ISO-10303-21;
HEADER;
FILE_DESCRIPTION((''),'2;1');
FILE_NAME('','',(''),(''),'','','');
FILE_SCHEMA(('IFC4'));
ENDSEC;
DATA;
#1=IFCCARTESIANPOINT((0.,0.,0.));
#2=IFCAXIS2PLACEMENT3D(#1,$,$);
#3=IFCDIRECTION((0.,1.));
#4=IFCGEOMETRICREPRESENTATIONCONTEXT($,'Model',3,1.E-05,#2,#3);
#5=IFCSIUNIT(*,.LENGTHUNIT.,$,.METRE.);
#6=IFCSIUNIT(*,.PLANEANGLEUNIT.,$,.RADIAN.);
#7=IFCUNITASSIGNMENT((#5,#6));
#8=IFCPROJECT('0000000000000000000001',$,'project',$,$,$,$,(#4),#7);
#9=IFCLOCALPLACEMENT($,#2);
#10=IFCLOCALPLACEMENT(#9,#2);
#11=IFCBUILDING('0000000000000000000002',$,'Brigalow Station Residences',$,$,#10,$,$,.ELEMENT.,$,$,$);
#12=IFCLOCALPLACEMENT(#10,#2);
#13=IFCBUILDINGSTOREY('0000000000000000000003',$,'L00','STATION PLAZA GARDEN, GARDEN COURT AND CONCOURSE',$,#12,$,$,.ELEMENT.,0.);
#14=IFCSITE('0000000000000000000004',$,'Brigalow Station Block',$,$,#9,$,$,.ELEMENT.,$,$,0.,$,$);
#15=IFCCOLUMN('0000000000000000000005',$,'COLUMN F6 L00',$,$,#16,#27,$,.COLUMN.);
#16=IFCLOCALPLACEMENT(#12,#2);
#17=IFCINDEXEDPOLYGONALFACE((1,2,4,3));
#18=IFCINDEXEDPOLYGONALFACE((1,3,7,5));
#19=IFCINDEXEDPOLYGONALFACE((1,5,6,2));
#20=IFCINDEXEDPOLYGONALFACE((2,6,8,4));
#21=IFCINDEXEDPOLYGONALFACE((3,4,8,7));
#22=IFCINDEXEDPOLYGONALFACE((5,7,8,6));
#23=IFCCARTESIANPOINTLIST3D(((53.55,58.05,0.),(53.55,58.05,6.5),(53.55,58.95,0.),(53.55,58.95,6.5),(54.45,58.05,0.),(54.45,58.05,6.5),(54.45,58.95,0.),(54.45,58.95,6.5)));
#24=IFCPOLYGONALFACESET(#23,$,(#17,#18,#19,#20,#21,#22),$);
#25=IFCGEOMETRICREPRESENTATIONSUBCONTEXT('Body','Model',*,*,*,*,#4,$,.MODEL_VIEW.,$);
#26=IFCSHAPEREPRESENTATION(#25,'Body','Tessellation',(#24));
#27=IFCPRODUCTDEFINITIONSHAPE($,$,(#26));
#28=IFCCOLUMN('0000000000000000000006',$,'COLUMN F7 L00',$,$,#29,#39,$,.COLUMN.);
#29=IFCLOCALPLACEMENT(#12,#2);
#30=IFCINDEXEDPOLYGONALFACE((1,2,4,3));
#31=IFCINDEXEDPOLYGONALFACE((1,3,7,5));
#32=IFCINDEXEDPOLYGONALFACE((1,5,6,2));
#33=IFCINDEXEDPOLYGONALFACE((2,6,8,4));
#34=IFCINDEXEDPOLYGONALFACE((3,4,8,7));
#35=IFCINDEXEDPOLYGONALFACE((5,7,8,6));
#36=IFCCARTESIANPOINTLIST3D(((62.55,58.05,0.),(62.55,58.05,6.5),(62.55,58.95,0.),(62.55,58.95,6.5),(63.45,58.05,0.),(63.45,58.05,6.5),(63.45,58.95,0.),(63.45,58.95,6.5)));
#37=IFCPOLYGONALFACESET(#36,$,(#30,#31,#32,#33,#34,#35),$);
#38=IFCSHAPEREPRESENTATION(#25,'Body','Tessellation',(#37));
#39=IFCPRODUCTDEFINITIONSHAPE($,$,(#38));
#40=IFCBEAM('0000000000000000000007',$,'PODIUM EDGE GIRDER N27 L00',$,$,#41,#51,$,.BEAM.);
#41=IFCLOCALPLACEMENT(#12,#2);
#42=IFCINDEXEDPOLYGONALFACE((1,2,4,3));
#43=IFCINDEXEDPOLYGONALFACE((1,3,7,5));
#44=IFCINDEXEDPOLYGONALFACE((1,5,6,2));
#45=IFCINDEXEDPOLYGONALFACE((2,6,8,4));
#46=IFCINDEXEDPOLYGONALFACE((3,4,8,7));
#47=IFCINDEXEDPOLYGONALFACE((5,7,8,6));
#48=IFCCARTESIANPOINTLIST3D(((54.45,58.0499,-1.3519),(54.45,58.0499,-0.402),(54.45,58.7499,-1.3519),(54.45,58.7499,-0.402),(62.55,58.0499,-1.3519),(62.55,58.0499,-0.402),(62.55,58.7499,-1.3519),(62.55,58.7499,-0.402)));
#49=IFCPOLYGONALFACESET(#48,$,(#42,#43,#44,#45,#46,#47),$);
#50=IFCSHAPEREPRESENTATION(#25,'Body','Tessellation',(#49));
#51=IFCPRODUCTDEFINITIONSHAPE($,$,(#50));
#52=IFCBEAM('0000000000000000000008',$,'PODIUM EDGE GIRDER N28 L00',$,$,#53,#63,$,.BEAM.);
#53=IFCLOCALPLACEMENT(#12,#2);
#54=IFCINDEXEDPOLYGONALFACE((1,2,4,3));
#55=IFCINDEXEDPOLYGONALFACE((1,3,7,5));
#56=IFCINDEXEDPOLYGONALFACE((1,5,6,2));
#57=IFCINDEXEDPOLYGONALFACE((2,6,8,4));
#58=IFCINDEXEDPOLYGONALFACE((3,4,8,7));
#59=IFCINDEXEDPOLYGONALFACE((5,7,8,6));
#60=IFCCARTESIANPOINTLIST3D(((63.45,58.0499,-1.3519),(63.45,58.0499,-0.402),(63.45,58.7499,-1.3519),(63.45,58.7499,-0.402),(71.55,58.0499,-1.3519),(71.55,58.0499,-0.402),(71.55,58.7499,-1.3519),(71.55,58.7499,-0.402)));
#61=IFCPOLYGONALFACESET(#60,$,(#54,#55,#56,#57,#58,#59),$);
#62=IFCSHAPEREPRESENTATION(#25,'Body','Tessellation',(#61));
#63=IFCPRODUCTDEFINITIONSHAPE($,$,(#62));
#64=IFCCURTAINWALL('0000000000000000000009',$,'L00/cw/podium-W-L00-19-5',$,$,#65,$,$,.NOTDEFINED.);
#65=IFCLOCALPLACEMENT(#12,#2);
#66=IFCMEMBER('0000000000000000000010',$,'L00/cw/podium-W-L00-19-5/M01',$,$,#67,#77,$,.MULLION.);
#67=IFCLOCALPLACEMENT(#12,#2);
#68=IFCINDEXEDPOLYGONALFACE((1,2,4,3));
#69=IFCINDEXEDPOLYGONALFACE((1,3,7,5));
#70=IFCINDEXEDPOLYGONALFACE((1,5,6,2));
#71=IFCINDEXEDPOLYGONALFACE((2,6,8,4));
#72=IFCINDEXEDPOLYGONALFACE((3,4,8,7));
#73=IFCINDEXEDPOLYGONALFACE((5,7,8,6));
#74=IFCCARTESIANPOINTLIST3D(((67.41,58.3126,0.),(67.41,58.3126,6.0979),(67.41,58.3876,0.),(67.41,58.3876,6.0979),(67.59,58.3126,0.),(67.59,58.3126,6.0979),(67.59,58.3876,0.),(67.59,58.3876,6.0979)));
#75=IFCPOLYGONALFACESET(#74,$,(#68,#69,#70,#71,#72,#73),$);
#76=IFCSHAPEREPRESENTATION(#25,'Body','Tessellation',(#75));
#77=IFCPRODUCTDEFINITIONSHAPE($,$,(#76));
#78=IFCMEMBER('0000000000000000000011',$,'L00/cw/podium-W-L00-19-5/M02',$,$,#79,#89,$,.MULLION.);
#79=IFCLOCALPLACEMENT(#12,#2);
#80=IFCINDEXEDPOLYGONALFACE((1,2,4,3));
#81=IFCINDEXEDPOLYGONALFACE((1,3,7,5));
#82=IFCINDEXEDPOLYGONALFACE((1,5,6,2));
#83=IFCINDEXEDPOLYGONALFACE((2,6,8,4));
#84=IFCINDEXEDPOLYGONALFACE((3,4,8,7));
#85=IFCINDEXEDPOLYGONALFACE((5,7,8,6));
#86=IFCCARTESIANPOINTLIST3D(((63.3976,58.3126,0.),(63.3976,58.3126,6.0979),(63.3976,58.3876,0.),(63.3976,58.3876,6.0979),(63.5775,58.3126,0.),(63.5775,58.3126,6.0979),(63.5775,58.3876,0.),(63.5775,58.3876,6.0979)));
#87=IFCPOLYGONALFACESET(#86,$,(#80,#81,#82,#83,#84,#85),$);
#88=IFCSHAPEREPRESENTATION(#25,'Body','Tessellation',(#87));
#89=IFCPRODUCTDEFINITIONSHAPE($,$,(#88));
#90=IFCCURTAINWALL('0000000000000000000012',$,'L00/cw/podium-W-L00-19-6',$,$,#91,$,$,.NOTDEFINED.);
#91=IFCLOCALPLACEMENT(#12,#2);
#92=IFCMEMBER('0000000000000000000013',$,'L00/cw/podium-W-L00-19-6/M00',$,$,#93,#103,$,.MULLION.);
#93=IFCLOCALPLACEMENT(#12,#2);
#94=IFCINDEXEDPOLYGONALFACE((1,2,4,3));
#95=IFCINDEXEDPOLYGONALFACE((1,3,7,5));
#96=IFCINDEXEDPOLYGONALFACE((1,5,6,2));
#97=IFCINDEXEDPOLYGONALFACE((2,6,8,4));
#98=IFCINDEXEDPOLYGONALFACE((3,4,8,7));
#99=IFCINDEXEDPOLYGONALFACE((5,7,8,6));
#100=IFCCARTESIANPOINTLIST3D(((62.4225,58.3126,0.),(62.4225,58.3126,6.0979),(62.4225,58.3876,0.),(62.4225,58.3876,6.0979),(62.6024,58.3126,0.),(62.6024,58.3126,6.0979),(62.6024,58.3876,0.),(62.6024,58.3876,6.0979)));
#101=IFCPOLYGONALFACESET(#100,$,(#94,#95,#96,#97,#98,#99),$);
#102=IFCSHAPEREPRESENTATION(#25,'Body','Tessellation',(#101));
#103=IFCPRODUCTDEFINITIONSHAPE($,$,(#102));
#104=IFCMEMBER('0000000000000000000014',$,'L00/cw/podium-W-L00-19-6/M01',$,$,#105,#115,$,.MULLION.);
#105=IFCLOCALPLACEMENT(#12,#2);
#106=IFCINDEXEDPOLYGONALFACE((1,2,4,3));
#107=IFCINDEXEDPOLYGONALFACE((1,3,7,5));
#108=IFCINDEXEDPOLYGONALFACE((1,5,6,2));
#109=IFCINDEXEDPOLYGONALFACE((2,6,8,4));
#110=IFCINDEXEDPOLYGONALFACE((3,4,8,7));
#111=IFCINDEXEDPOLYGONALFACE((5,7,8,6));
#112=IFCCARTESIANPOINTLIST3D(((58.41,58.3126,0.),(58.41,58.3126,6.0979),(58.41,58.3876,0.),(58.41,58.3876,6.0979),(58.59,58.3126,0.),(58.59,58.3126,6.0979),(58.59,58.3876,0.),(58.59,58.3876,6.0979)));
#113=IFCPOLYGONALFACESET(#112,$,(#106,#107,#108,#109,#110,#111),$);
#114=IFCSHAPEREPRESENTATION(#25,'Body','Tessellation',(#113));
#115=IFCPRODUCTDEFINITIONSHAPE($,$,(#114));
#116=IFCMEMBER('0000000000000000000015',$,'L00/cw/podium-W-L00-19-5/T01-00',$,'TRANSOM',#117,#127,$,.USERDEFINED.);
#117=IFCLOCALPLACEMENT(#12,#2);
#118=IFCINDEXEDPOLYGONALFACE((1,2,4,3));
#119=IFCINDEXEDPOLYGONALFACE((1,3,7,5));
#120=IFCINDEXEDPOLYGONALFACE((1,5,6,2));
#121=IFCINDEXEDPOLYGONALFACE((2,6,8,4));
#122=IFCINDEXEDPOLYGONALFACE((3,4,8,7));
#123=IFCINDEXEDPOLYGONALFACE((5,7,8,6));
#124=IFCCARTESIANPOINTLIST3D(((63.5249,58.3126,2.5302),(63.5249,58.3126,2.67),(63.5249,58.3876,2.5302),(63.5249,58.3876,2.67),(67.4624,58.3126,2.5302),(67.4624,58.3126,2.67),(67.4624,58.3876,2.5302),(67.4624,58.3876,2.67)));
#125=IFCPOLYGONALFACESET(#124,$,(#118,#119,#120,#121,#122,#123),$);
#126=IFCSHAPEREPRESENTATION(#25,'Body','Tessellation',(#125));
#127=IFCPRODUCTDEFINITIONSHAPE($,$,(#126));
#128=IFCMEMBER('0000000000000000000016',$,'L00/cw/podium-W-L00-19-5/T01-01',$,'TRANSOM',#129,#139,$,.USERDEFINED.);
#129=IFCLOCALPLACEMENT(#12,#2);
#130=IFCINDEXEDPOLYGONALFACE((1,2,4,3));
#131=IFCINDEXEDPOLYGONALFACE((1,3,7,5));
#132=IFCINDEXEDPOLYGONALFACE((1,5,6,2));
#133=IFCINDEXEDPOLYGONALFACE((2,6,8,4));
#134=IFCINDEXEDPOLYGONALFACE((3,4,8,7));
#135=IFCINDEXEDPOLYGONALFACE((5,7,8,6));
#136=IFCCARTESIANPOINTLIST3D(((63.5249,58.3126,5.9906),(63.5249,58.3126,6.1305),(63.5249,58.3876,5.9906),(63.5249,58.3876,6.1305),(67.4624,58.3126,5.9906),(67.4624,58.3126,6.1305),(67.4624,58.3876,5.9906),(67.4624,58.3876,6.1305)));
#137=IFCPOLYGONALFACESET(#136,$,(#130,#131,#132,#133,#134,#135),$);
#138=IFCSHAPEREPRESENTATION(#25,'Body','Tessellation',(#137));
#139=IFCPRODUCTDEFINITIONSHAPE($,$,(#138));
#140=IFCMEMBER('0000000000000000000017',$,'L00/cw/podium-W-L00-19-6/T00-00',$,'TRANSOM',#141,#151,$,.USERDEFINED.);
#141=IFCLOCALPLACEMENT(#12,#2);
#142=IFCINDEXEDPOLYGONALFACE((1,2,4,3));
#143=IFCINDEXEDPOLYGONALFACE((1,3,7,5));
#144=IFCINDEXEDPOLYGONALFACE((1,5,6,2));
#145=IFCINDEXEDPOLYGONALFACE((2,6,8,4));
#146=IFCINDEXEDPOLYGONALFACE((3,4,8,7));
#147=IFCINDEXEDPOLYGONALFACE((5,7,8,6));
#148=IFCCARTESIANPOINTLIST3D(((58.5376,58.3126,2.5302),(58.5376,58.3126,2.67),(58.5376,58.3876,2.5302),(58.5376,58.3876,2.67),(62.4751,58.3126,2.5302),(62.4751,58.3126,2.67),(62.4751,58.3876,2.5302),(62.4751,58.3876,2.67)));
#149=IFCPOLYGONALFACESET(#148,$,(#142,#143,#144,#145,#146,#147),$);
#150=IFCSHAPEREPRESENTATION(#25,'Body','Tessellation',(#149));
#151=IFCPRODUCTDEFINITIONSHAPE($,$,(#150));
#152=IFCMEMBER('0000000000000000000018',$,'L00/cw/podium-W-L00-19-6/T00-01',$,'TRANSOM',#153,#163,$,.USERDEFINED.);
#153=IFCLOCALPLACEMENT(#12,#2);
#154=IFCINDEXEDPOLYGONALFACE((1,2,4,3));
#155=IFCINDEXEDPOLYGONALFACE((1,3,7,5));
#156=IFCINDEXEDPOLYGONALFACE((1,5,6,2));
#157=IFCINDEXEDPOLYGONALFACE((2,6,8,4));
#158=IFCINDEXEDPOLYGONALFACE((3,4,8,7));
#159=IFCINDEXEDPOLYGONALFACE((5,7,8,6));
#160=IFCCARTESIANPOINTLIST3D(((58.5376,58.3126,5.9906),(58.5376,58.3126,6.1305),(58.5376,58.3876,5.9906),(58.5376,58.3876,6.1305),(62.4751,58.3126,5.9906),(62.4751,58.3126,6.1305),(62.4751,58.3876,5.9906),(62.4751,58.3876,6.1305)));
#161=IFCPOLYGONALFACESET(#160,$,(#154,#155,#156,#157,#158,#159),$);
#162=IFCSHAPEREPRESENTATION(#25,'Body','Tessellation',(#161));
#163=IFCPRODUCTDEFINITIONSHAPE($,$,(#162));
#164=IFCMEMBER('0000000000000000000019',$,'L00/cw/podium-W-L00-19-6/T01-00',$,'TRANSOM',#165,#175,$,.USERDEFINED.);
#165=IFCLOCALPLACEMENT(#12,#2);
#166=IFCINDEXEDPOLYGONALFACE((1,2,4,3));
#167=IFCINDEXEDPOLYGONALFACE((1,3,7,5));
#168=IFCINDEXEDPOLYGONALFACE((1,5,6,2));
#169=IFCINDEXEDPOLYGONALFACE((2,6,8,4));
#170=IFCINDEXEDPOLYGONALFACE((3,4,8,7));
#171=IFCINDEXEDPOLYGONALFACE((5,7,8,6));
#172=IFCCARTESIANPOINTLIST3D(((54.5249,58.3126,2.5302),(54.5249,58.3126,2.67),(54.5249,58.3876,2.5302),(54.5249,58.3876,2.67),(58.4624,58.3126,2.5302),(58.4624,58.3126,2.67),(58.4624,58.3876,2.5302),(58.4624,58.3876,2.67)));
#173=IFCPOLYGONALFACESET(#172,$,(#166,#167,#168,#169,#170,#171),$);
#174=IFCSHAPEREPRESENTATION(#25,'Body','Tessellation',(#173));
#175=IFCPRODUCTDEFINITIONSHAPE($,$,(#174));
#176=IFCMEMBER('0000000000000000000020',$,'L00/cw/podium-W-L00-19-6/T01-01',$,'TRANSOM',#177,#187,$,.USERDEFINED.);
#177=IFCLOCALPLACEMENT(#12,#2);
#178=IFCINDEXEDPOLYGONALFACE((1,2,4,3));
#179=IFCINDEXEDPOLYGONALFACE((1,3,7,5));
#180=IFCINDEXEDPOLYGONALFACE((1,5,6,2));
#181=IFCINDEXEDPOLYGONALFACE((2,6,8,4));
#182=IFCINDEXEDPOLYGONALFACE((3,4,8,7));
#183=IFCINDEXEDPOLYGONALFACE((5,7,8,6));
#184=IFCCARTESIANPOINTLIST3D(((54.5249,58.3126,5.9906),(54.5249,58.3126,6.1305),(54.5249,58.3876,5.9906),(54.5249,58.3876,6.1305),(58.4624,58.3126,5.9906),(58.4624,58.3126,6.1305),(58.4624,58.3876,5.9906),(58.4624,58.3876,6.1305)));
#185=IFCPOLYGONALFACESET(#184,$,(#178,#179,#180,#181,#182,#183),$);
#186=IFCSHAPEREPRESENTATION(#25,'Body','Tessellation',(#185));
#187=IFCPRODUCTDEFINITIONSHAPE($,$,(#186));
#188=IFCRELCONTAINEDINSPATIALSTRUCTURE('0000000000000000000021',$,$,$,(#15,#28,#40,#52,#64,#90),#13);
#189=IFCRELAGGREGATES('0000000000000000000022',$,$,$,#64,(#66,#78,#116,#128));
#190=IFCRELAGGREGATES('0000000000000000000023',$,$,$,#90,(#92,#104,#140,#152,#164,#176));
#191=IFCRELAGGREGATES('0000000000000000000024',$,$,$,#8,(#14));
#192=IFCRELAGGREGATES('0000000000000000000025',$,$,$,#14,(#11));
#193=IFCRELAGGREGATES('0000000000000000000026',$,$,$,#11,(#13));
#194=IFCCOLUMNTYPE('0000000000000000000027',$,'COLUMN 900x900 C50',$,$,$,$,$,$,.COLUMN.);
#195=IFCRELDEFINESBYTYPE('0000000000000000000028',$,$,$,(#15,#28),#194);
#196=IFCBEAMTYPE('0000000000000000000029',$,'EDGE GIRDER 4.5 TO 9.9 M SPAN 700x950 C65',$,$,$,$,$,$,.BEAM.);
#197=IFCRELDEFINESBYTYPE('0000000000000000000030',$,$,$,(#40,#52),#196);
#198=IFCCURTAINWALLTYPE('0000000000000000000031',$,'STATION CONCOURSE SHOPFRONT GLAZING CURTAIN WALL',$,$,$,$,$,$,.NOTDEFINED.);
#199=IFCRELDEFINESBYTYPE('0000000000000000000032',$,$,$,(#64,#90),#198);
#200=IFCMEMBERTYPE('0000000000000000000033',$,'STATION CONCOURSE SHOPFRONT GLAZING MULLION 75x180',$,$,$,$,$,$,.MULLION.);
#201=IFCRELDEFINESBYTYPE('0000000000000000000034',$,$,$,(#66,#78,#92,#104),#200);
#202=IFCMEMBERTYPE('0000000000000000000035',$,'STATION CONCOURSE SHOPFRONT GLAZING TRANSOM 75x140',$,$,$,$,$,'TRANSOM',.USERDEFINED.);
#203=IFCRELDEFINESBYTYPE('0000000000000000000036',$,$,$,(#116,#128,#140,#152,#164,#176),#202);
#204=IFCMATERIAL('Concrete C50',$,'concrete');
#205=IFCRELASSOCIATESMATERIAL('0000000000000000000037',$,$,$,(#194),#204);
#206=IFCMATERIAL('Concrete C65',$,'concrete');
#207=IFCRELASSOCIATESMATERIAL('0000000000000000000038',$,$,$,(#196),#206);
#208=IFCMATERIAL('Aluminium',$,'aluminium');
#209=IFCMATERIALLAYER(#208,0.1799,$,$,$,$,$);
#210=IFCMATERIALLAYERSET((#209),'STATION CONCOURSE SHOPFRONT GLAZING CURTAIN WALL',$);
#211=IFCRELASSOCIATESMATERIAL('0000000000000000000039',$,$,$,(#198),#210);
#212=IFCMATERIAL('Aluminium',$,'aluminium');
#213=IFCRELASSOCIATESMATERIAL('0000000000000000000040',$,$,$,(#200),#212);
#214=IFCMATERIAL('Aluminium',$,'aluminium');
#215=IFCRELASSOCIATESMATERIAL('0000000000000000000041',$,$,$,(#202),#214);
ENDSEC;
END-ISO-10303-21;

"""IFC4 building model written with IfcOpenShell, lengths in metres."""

from ifc_helpers import new_model, si_unit, direction, frame, origin, origin_2d, place, context, subcontext, project, spatial, rectangle, extrude, material, layer, layer_set, material_profile, profile_set, type_object, element, aggregate, save


model = new_model("IFC4")

# Units and contexts
model_context = context("Model", 3, precision=1e-05, world=origin(), true_north=direction((0.0, 1.0)))
body_context = subcontext(model_context, "Body", "Model", "MODEL_VIEW")
ifc_project = project(units=[si_unit("LENGTHUNIT", "METRE"), si_unit("PLANEANGLEUNIT", "RADIAN")], contexts=[model_context])

# Site, building, storey
site_placement = place(None, origin())
site = spatial("IfcSite", under=ifc_project, at=site_placement, Name="Brigalow Station Block", CompositionType="ELEMENT", RefElevation=0.0)
building_placement = place(site_placement, origin())
building = spatial("IfcBuilding", under=site, at=building_placement, Name="Brigalow Station Residences", CompositionType="ELEMENT")
storey_placement = place(building_placement, origin())
storey = spatial("IfcBuildingStorey", under=building, at=storey_placement, Name="L00", Description="STATION PLAZA GARDEN, GARDEN COURT AND CONCOURSE", CompositionType="ELEMENT", Elevation=0.0)

# Columns
ifc_material_1 = material(Name="Concrete C50", Category="concrete")
ifc_material_profile_1 = material_profile(ifc_material_1, rectangle(XDim=0.8999, YDim=0.8999, at=origin_2d()), Name="RC900x900")
ifc_profile_set_1 = profile_set([ifc_material_profile_1], Name="Concrete C50")
column_type = type_object("IfcColumnType", Name="COLUMN 900x900 C50", PredefinedType="COLUMN", material=ifc_profile_set_1)
for number, where, z_axis, x_axis, name in (
    (1, (54.0, 58.5, 0.0), (0.0, 0.0, 1.0), (1.0, 0.0, 0.0), "COLUMN F6 L00"),
    (2, (63.0, 58.5, 0.0), (0.0, 0.0, 1.0), (1.0, 0.0, 0.0), "COLUMN F7 L00"),
):
    element("IfcColumn", number, at=place(storey_placement, frame(where, z_axis=z_axis, x_axis=x_axis)), inside=storey, type_object=column_type, Name=name, PredefinedType="COLUMN", context=body_context, shape_type="SweptSolid", body=[
        extrude(rectangle(XDim=0.8999, YDim=0.8999, at=origin_2d()), origin(), (0.0, 0.0, 1.0), 6.5),
    ])

# Beams
ifc_material_2 = material(Name="Concrete C65", Category="concrete")
ifc_material_profile_2 = material_profile(ifc_material_2, rectangle(XDim=0.7, YDim=0.95, at=origin_2d()), Name="RC700x950")
ifc_profile_set_2 = profile_set([ifc_material_profile_2], Name="Concrete C65")
beam_type = type_object("IfcBeamType", Name="EDGE GIRDER 4.5 TO 9.9 M SPAN 700x950 C65", PredefinedType="BEAM", material=ifc_profile_set_2)
for number, where, z_axis, x_axis, name in (
    (3, (54.45, 58.3999, -0.877), (1.0, 0.0, 0.0), (0.0, 1.0, 0.0), "PODIUM EDGE GIRDER N27 L00"),
    (4, (63.45, 58.3999, -0.877), (1.0, 0.0, 0.0), (0.0, 1.0, 0.0), "PODIUM EDGE GIRDER N28 L00"),
):
    element("IfcBeam", number, at=place(storey_placement, frame(where, z_axis=z_axis, x_axis=x_axis)), inside=storey, type_object=beam_type, Name=name, PredefinedType="BEAM", context=body_context, shape_type="SweptSolid", body=[
        extrude(rectangle(XDim=0.7, YDim=0.95, at=origin_2d()), origin(), (0.0, 0.0, 1.0), 8.1001),
    ])

# Curtain walls, members
ifc_material_3 = material(Name="Aluminium", Category="aluminium")
ifc_layer_1 = layer(ifc_material_3, 0.1799)
ifc_layer_set_1 = layer_set([ifc_layer_1], Name="STATION CONCOURSE SHOPFRONT GLAZING CURTAIN WALL")
curtain_wall_type = type_object("IfcCurtainWallType", Name="STATION CONCOURSE SHOPFRONT GLAZING CURTAIN WALL", PredefinedType="NOTDEFINED", material=ifc_layer_set_1)
curtain_wall_1_placement = place(storey_placement, origin())
curtain_wall_1 = element("IfcCurtainWall", 5, at=curtain_wall_1_placement, inside=storey, type_object=curtain_wall_type, Name="L00/cw/podium-W-L00-19-5", PredefinedType="NOTDEFINED")
ifc_material_4 = material(Name="Aluminium", Category="aluminium")
ifc_material_profile_3 = material_profile(ifc_material_4, rectangle(XDim=0.075, YDim=0.1799, at=origin_2d()), Name="STATION CONCOURSE SHOPFRONT GLAZING MULLION 75x180")
ifc_profile_set_3 = profile_set([ifc_material_profile_3], Name="Aluminium")
member_type_1 = type_object("IfcMemberType", Name="STATION CONCOURSE SHOPFRONT GLAZING MULLION 75x180", PredefinedType="MULLION", material=ifc_profile_set_3)
member_1_placement = place(storey_placement, frame((67.5, 58.3501, 0.0), z_axis=(0.0, 0.0, 1.0), x_axis=(0.0, -1.0, 0.0)))
member_1 = element("IfcMember", 6, at=member_1_placement, type_object=member_type_1, Name="L00/cw/podium-W-L00-19-5/M01", PredefinedType="MULLION", context=body_context, shape_type="SweptSolid", body=[
    extrude(rectangle(XDim=0.075, YDim=0.1799, at=origin_2d()), origin(), (0.0, 0.0, 1.0), 6.0979),
])
member_2_placement = place(storey_placement, frame((63.4875, 58.3501, 0.0), z_axis=(0.0, 0.0, 1.0), x_axis=(0.0, -1.0, 0.0)))
member_2 = element("IfcMember", 7, at=member_2_placement, type_object=member_type_1, Name="L00/cw/podium-W-L00-19-5/M02", PredefinedType="MULLION", context=body_context, shape_type="SweptSolid", body=[
    extrude(rectangle(XDim=0.075, YDim=0.1799, at=origin_2d()), origin(), (0.0, 0.0, 1.0), 6.0979),
])
curtain_wall_2_placement = place(storey_placement, origin())
curtain_wall_2 = element("IfcCurtainWall", 8, at=curtain_wall_2_placement, inside=storey, type_object=curtain_wall_type, Name="L00/cw/podium-W-L00-19-6", PredefinedType="NOTDEFINED")
member_3_placement = place(storey_placement, frame((62.5125, 58.3501, 0.0), z_axis=(0.0, 0.0, 1.0), x_axis=(0.0, -1.0, 0.0)))
member_3 = element("IfcMember", 9, at=member_3_placement, type_object=member_type_1, Name="L00/cw/podium-W-L00-19-6/M00", PredefinedType="MULLION", context=body_context, shape_type="SweptSolid", body=[
    extrude(rectangle(XDim=0.075, YDim=0.1799, at=origin_2d()), origin(), (0.0, 0.0, 1.0), 6.0979),
])
member_4_placement = place(storey_placement, frame((58.5, 58.3501, 0.0), z_axis=(0.0, 0.0, 1.0), x_axis=(0.0, -1.0, 0.0)))
member_4 = element("IfcMember", 10, at=member_4_placement, type_object=member_type_1, Name="L00/cw/podium-W-L00-19-6/M01", PredefinedType="MULLION", context=body_context, shape_type="SweptSolid", body=[
    extrude(rectangle(XDim=0.075, YDim=0.1799, at=origin_2d()), origin(), (0.0, 0.0, 1.0), 6.0979),
])

# Members
ifc_material_5 = material(Name="Aluminium", Category="aluminium")
ifc_material_profile_4 = material_profile(ifc_material_5, rectangle(XDim=0.075, YDim=0.1399, at=origin_2d()), Name="STATION CONCOURSE SHOPFRONT GLAZING TRANSOM 75x140")
ifc_profile_set_4 = profile_set([ifc_material_profile_4], Name="Aluminium")
member_type_2 = type_object("IfcMemberType", Name="STATION CONCOURSE SHOPFRONT GLAZING TRANSOM 75x140", ElementType="TRANSOM", PredefinedType="USERDEFINED", material=ifc_profile_set_4)
member_5_placement = place(storey_placement, frame((67.4624, 58.3501, 2.6001), z_axis=(-1.0, 0.0, 0.0), x_axis=(0.0, -1.0, 0.0)))
member_5 = element("IfcMember", 11, at=member_5_placement, type_object=member_type_2, Name="L00/cw/podium-W-L00-19-5/T01-00", ObjectType="TRANSOM", PredefinedType="USERDEFINED", context=body_context, shape_type="SweptSolid", body=[
    extrude(rectangle(XDim=0.075, YDim=0.1399, at=origin_2d()), origin(), (0.0, 0.0, 1.0), 3.9375),
])
member_6_placement = place(storey_placement, frame((67.4624, 58.3501, 6.0605), z_axis=(-1.0, 0.0, 0.0), x_axis=(0.0, -1.0, 0.0)))
member_6 = element("IfcMember", 12, at=member_6_placement, type_object=member_type_2, Name="L00/cw/podium-W-L00-19-5/T01-01", ObjectType="TRANSOM", PredefinedType="USERDEFINED", context=body_context, shape_type="SweptSolid", body=[
    extrude(rectangle(XDim=0.075, YDim=0.1399, at=origin_2d()), origin(), (0.0, 0.0, 1.0), 3.9375),
])
member_7_placement = place(storey_placement, frame((62.4751, 58.3501, 2.6001), z_axis=(-1.0, 0.0, 0.0), x_axis=(0.0, -1.0, 0.0)))
member_7 = element("IfcMember", 13, at=member_7_placement, type_object=member_type_2, Name="L00/cw/podium-W-L00-19-6/T00-00", ObjectType="TRANSOM", PredefinedType="USERDEFINED", context=body_context, shape_type="SweptSolid", body=[
    extrude(rectangle(XDim=0.075, YDim=0.1399, at=origin_2d()), origin(), (0.0, 0.0, 1.0), 3.9375),
])
member_8_placement = place(storey_placement, frame((62.4751, 58.3501, 6.0605), z_axis=(-1.0, 0.0, 0.0), x_axis=(0.0, -1.0, 0.0)))
member_8 = element("IfcMember", 14, at=member_8_placement, type_object=member_type_2, Name="L00/cw/podium-W-L00-19-6/T00-01", ObjectType="TRANSOM", PredefinedType="USERDEFINED", context=body_context, shape_type="SweptSolid", body=[
    extrude(rectangle(XDim=0.075, YDim=0.1399, at=origin_2d()), origin(), (0.0, 0.0, 1.0), 3.9375),
])
member_9_placement = place(storey_placement, frame((58.4624, 58.3501, 2.6001), z_axis=(-1.0, 0.0, 0.0), x_axis=(0.0, -1.0, 0.0)))
member_9 = element("IfcMember", 15, at=member_9_placement, type_object=member_type_2, Name="L00/cw/podium-W-L00-19-6/T01-00", ObjectType="TRANSOM", PredefinedType="USERDEFINED", context=body_context, shape_type="SweptSolid", body=[
    extrude(rectangle(XDim=0.075, YDim=0.1399, at=origin_2d()), origin(), (0.0, 0.0, 1.0), 3.9375),
])
member_10_placement = place(storey_placement, frame((58.4624, 58.3501, 6.0605), z_axis=(-1.0, 0.0, 0.0), x_axis=(0.0, -1.0, 0.0)))
member_10 = element("IfcMember", 16, at=member_10_placement, type_object=member_type_2, Name="L00/cw/podium-W-L00-19-6/T01-01", ObjectType="TRANSOM", PredefinedType="USERDEFINED", context=body_context, shape_type="SweptSolid", body=[
    extrude(rectangle(XDim=0.075, YDim=0.1399, at=origin_2d()), origin(), (0.0, 0.0, 1.0), 3.9375),
])

aggregate(curtain_wall_1, [member_1, member_2, member_5, member_6])
aggregate(curtain_wall_2, [member_3, member_4, member_7, member_8, member_9, member_10])

save(model, "model.ifc")
